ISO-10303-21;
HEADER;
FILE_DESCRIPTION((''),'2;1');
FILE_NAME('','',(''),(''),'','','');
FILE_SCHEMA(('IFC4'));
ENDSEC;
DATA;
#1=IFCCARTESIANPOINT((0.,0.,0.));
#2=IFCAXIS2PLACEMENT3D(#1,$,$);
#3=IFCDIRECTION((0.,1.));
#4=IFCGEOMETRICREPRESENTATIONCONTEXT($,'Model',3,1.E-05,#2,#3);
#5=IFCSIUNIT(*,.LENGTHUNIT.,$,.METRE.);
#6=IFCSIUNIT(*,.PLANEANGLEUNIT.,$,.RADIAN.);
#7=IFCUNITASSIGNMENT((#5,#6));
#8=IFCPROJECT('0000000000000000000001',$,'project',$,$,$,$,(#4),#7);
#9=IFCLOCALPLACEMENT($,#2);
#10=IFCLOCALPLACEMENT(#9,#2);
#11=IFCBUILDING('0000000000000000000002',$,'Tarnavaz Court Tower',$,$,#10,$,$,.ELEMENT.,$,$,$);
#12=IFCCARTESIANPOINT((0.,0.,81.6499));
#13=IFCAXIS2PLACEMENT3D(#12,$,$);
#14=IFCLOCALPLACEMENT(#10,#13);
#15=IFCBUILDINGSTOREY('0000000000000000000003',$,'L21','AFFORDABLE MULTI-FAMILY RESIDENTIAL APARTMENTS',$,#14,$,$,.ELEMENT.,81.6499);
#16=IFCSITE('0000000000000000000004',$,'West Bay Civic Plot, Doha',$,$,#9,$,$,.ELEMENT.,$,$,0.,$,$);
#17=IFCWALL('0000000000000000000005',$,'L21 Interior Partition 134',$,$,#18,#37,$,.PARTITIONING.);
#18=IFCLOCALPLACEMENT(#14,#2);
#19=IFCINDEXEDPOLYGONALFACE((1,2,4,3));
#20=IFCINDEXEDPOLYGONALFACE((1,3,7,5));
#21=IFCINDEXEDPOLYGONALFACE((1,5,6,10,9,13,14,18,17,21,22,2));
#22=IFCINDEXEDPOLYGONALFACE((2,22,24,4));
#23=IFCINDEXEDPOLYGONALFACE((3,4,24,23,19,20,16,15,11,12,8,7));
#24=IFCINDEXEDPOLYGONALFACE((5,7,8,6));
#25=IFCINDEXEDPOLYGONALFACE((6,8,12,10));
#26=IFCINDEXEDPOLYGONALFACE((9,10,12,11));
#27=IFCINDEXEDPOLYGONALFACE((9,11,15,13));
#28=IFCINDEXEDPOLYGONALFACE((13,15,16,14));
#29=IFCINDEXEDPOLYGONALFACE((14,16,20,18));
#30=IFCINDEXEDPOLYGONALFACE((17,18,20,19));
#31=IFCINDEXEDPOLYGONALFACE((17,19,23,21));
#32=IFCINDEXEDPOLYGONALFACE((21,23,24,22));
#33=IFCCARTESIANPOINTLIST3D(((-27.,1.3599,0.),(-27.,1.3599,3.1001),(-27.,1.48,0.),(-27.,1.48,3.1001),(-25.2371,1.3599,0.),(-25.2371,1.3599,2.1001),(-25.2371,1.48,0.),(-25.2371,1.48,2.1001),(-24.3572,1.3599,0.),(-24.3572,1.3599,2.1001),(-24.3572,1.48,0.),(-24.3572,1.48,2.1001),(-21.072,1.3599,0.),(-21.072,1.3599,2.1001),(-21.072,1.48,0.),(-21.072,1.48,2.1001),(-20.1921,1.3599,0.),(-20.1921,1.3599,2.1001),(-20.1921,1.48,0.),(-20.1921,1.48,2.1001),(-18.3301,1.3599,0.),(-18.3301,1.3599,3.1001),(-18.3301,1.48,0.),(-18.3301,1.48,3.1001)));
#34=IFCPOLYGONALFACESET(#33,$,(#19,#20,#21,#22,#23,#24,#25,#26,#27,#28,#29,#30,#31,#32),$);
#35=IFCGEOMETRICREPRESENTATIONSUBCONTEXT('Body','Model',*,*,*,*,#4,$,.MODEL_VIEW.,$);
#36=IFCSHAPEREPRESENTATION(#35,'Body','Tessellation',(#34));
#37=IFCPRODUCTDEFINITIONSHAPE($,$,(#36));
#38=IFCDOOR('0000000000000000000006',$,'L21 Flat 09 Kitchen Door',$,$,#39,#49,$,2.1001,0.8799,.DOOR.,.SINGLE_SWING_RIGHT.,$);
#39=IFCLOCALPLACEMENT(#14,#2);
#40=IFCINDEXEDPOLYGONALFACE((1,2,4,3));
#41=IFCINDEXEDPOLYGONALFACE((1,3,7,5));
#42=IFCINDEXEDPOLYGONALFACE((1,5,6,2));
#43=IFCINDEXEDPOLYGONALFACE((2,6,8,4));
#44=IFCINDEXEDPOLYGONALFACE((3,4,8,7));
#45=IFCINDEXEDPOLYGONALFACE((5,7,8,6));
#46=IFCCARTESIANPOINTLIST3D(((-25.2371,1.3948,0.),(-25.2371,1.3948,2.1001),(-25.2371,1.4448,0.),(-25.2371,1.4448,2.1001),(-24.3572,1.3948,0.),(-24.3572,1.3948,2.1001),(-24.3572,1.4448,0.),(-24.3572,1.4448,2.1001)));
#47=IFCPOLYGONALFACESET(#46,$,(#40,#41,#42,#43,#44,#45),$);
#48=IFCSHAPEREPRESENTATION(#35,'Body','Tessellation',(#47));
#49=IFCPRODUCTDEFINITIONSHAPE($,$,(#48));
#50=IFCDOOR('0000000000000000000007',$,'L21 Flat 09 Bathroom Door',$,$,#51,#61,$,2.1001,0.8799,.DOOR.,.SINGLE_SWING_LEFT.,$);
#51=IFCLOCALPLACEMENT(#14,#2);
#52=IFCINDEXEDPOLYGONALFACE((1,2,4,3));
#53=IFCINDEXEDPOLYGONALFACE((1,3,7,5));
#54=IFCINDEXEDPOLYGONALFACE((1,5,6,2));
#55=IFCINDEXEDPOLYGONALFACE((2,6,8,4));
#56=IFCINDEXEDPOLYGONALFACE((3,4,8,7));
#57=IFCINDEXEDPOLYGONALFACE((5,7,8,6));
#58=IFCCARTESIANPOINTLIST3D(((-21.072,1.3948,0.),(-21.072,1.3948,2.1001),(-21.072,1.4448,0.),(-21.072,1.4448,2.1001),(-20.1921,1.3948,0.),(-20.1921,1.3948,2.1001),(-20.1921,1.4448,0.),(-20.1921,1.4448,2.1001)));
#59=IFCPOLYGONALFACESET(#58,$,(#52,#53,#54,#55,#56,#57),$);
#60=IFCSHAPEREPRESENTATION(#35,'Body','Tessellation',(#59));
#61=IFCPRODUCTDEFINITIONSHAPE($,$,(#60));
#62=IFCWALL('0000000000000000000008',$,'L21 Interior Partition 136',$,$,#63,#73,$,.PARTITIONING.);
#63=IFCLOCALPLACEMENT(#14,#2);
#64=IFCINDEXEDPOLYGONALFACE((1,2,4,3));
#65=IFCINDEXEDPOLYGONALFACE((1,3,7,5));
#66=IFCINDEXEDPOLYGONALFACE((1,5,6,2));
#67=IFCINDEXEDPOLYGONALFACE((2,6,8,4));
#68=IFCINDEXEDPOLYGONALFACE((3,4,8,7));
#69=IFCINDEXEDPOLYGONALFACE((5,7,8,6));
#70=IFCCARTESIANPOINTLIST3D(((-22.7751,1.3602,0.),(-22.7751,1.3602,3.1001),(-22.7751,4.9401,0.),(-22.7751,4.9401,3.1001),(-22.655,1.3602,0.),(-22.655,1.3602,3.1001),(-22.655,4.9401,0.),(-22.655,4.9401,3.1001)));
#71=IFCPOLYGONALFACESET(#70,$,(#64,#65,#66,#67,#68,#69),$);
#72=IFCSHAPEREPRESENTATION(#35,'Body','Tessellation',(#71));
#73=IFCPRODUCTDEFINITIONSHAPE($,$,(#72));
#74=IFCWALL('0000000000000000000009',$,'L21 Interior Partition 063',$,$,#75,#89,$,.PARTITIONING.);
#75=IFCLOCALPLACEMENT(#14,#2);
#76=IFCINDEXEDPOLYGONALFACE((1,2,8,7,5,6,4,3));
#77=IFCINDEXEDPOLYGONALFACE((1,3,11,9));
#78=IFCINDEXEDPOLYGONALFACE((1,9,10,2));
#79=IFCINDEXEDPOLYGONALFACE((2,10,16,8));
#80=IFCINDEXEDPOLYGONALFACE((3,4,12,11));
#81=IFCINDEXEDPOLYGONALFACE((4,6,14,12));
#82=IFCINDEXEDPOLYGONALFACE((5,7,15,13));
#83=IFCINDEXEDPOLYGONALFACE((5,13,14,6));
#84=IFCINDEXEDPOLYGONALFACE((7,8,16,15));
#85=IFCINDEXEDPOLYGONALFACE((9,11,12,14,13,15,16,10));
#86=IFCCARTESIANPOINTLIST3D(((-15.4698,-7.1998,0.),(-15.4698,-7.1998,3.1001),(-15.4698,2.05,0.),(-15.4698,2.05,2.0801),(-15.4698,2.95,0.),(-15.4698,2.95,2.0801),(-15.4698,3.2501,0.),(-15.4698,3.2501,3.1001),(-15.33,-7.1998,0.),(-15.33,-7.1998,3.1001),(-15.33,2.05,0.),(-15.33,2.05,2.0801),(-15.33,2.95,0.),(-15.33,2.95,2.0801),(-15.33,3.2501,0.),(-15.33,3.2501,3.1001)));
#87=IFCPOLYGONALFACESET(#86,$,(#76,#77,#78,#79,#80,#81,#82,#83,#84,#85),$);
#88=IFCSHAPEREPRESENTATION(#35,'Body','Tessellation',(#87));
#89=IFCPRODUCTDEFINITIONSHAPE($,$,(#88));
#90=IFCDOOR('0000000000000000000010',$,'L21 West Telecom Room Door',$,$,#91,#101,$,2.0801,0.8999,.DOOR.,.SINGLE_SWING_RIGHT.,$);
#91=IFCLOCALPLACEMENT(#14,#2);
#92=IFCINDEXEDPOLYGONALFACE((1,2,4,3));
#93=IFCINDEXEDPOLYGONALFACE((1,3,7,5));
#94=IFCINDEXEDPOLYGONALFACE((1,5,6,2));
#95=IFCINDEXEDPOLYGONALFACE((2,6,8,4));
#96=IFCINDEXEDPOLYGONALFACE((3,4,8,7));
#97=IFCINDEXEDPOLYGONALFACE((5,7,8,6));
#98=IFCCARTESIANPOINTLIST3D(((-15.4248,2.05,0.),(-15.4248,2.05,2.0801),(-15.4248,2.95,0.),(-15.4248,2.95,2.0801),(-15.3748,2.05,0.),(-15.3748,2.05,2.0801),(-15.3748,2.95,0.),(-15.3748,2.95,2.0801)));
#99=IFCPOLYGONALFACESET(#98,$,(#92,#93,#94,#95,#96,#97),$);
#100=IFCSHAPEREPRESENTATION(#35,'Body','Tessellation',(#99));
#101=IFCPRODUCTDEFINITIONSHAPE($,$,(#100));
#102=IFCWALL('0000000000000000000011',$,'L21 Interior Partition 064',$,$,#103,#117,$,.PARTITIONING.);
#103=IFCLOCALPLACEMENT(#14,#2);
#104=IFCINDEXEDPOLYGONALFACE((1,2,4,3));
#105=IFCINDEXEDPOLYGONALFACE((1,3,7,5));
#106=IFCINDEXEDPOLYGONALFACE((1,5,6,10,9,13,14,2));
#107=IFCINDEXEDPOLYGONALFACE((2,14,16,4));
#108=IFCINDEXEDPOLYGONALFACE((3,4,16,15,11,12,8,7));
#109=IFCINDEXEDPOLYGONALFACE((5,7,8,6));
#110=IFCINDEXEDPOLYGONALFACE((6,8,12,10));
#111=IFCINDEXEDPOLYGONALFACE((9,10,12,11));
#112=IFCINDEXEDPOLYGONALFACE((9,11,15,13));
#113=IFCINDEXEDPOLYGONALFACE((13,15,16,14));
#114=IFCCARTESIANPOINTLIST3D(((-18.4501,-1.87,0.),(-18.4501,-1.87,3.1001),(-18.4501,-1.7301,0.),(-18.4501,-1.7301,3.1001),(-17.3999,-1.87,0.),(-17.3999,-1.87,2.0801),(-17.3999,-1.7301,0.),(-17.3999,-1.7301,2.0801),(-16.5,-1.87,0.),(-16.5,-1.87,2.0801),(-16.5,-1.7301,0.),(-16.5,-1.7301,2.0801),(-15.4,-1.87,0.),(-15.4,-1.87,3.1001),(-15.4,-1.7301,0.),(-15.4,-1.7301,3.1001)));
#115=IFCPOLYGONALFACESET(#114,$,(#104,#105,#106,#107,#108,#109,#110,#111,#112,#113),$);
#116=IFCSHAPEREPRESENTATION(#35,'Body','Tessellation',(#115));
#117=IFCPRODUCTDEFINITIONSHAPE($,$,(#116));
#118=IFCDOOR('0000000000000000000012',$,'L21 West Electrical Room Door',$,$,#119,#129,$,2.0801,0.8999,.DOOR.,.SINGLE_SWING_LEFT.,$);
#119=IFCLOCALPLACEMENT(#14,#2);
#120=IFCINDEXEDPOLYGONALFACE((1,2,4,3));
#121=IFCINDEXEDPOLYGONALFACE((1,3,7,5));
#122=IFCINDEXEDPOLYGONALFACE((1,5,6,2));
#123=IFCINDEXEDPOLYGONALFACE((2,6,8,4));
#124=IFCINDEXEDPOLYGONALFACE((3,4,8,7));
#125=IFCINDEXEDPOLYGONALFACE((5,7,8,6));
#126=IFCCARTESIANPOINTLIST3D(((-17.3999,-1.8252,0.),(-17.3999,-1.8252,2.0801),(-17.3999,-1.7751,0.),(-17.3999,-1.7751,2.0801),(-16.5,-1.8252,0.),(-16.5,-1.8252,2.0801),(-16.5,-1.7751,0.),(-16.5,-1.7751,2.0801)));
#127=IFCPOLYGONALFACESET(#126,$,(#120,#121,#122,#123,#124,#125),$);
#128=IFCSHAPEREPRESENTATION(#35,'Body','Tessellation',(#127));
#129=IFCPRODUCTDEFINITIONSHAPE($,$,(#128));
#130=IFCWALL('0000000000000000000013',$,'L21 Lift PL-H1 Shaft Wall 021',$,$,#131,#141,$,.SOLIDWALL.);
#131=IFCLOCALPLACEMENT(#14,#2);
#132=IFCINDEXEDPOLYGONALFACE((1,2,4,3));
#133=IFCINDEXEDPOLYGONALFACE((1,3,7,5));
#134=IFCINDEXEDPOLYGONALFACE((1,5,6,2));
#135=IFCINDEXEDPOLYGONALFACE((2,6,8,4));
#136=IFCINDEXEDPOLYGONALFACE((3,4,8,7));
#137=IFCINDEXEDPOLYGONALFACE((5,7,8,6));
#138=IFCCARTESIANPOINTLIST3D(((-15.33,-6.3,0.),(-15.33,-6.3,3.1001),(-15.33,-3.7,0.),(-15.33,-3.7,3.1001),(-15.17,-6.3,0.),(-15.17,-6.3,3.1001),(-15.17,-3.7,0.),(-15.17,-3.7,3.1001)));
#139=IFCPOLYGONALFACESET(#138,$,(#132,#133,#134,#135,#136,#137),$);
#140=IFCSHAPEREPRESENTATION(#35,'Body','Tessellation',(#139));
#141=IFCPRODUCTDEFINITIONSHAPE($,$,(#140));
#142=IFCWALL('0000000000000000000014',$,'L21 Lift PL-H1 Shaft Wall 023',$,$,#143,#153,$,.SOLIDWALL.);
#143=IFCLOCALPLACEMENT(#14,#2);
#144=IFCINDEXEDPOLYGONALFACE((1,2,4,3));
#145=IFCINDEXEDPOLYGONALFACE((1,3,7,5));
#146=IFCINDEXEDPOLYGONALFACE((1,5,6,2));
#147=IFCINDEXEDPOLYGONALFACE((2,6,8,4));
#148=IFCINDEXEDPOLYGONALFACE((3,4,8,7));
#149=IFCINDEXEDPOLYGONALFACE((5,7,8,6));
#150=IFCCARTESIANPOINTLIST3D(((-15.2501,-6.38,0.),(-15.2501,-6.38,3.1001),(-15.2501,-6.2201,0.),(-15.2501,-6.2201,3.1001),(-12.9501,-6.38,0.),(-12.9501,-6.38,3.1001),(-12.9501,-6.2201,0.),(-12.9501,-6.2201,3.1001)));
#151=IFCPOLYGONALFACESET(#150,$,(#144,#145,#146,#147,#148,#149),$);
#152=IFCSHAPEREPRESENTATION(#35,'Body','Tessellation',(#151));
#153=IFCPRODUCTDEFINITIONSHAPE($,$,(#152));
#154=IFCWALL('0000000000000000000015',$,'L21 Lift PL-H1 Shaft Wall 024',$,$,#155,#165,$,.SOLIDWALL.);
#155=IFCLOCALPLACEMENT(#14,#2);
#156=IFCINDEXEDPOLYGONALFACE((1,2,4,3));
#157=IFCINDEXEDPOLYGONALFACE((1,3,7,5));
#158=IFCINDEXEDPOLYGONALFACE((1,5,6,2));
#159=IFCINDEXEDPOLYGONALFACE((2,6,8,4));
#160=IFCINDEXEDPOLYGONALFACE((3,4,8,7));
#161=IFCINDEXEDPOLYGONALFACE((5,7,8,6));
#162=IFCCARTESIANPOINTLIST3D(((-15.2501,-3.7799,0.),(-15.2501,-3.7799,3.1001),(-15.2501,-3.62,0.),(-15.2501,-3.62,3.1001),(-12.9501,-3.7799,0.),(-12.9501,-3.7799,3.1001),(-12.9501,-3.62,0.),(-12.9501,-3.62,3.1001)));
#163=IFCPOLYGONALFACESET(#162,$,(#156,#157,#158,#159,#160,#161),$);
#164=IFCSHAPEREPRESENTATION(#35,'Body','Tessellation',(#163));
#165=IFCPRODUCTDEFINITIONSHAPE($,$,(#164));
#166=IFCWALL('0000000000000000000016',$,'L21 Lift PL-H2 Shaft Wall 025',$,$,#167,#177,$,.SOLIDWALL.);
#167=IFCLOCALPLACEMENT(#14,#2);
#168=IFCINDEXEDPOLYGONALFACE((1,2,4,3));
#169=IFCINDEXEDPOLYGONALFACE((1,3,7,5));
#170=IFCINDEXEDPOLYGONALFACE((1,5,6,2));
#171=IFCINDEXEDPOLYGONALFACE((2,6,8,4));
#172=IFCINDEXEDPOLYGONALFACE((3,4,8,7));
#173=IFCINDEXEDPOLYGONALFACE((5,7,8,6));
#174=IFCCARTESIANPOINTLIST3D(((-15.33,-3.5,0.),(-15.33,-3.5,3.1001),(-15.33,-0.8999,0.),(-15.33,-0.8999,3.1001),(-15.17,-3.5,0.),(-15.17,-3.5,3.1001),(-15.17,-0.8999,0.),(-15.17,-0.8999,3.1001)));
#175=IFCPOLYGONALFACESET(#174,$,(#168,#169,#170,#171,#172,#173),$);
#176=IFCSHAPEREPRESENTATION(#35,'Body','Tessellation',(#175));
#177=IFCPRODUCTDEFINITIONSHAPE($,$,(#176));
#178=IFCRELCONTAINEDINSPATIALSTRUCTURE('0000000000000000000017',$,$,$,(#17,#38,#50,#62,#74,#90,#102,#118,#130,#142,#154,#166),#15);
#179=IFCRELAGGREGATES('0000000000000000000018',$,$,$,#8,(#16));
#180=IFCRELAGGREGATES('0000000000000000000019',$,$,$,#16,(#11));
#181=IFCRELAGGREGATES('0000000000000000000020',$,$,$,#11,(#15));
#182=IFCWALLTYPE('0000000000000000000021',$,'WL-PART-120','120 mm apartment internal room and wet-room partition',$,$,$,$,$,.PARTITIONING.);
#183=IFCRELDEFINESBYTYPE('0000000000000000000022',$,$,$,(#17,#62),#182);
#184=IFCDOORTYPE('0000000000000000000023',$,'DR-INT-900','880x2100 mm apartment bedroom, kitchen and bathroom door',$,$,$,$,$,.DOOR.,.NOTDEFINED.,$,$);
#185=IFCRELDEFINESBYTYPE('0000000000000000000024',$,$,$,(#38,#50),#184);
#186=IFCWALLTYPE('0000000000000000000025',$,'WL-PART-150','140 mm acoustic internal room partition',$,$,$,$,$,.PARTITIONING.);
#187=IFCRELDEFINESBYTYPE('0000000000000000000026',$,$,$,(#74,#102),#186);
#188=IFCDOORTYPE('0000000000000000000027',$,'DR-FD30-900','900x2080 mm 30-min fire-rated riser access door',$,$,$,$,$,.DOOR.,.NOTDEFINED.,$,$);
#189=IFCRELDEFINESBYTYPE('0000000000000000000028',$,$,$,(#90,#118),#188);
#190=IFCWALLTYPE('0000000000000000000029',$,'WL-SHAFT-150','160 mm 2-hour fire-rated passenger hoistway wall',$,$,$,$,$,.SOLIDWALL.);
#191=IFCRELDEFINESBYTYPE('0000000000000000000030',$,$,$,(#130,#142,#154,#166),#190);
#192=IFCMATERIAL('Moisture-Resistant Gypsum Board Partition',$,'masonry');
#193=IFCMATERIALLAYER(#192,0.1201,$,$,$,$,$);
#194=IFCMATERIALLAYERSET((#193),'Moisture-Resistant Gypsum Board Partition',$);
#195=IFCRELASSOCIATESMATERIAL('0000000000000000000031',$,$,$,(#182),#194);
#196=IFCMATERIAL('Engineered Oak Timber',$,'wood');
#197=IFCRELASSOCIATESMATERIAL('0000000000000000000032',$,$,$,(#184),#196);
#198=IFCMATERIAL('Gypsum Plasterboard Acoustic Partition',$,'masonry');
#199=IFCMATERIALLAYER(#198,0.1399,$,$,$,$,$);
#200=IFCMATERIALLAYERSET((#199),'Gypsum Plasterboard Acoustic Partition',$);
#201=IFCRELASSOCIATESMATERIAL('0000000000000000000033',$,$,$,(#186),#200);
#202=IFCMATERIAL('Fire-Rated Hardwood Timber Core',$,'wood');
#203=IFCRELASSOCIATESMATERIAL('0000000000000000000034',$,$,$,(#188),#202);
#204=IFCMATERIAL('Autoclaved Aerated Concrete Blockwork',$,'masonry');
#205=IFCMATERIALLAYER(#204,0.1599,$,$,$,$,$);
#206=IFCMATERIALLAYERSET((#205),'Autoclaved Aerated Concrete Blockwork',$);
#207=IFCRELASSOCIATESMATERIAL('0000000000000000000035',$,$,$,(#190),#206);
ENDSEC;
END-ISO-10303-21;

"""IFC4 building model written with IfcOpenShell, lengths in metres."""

from ifc_helpers import new_model, si_unit, direction, frame, frame_2d, origin, place, context, subcontext, project, spatial, rectangle, extrude, material, layer, layer_set, type_object, element, fill, save


model = new_model("IFC4")

# Units and contexts
model_context = context("Model", 3, precision=1e-05, world=origin(), true_north=direction((0.0, 1.0)))
body_context = subcontext(model_context, "Body", "Model", "MODEL_VIEW")
ifc_project = project(units=[si_unit("LENGTHUNIT", "METRE"), si_unit("PLANEANGLEUNIT", "RADIAN")], contexts=[model_context])

# Site, building, storey
site_placement = place(None, origin())
site = spatial("IfcSite", under=ifc_project, at=site_placement, Name="West Bay Civic Plot, Doha", CompositionType="ELEMENT", RefElevation=0.0)
building_placement = place(site_placement, origin())
building = spatial("IfcBuilding", under=site, at=building_placement, Name="Tarnavaz Court Tower", CompositionType="ELEMENT")
storey_placement = place(building_placement, frame((0.0, 0.0, 81.6499)))
storey = spatial("IfcBuildingStorey", under=building, at=storey_placement, Name="L21", Description="AFFORDABLE MULTI-FAMILY RESIDENTIAL APARTMENTS", CompositionType="ELEMENT", Elevation=81.6499)

# Wall, openings, doors
ifc_material_1 = material(Name="Moisture-Resistant Gypsum Board Partition", Category="masonry")
ifc_layer_1 = layer(ifc_material_1, 0.1201)
ifc_layer_set_1 = layer_set([ifc_layer_1], Name="Moisture-Resistant Gypsum Board Partition")
wall_type_1 = type_object("IfcWallType", Name="WL-PART-120", Description="120 mm apartment internal room and wet-room partition", PredefinedType="PARTITIONING", material=ifc_layer_set_1)
wall_1_placement = place(storey_placement, frame((-27.0, 1.4199, 0.0), z_axis=(0.0, 0.0, 1.0), x_axis=(1.0, 0.0, 0.0)))
wall_1 = element("IfcWall", 1, at=wall_1_placement, inside=storey, type_object=wall_type_1, Name="L21 Interior Partition 134", PredefinedType="PARTITIONING", context=body_context, shape_type="SweptSolid", body=[
    extrude(rectangle(XDim=8.6699, YDim=0.1201, at=frame_2d((4.335, 0.0))), origin(), (0.0, 0.0, 1.0), 3.1001),
])
opening_1_placement = place(wall_1_placement, frame((1.7629, 0.0, 0.0)))
opening_1 = element("IfcOpeningElement", 2, at=opening_1_placement, cuts=wall_1, PredefinedType="OPENING", context=body_context, shape_type="SweptSolid", body=[
    extrude(rectangle(XDim=0.8799, YDim=2.1001, at=frame_2d((0.4399, 1.05))), frame((0.0, 0.0701, 0.0), z_axis=(0.0, -1.0, 0.0), x_axis=(1.0, 0.0, 0.0)), (0.0, 0.0, 1.0), 0.1401),
])
opening_2_placement = place(wall_1_placement, frame((5.928, 0.0, 0.0)))
opening_2 = element("IfcOpeningElement", 3, at=opening_2_placement, cuts=wall_1, PredefinedType="OPENING", context=body_context, shape_type="SweptSolid", body=[
    extrude(rectangle(XDim=0.8799, YDim=2.1001, at=frame_2d((0.4399, 1.05))), frame((0.0, 0.0701, 0.0), z_axis=(0.0, -1.0, 0.0), x_axis=(1.0, 0.0, 0.0)), (0.0, 0.0, 1.0), 0.1401),
])
ifc_material_2 = material(Name="Engineered Oak Timber", Category="wood")
door_type_1 = type_object("IfcDoorType", Name="DR-INT-900", Description="880x2100 mm apartment bedroom, kitchen and bathroom door", OperationType="NOTDEFINED", PredefinedType="DOOR", material=ifc_material_2)
door_1_placement = place(opening_1_placement, origin())
door_1 = element("IfcDoor", 4, at=door_1_placement, inside=storey, type_object=door_type_1, Name="L21 Flat 09 Kitchen Door", OperationType="SINGLE_SWING_RIGHT", OverallHeight=2.1001, OverallWidth=0.8799, PredefinedType="DOOR", context=body_context, shape_type="SweptSolid", body=[
    extrude(rectangle(XDim=0.8799, YDim=2.1001, at=frame_2d((0.4399, 1.05))), frame((0.0, 0.0249, 0.0), z_axis=(0.0, -1.0, 0.0), x_axis=(1.0, 0.0, 0.0)), (0.0, 0.0, 1.0), 0.05),
])
fill(opening_1, door_1)
door_2_placement = place(opening_2_placement, origin())
door_2 = element("IfcDoor", 5, at=door_2_placement, inside=storey, type_object=door_type_1, Name="L21 Flat 09 Bathroom Door", OperationType="SINGLE_SWING_LEFT", OverallHeight=2.1001, OverallWidth=0.8799, PredefinedType="DOOR", context=body_context, shape_type="SweptSolid", body=[
    extrude(rectangle(XDim=0.8799, YDim=2.1001, at=frame_2d((0.4399, 1.05))), frame((0.0, 0.0249, 0.0), z_axis=(0.0, -1.0, 0.0), x_axis=(1.0, 0.0, 0.0)), (0.0, 0.0, 1.0), 0.05),
])
fill(opening_2, door_2)

# Wall
wall_2_placement = place(storey_placement, frame((-22.7151, 1.3601, 0.0), z_axis=(0.0, 0.0, 1.0), x_axis=(0.0, 1.0, 0.0)))
element("IfcWall", 6, at=wall_2_placement, inside=storey, type_object=wall_type_1, Name="L21 Interior Partition 136", PredefinedType="PARTITIONING", context=body_context, shape_type="SweptSolid", body=[
    extrude(rectangle(XDim=3.5798, YDim=0.1201, at=frame_2d((1.79, 0.0))), origin(), (0.0, 0.0, 1.0), 3.1001),
])

# Walls, openings, doors
ifc_material_3 = material(Name="Gypsum Plasterboard Acoustic Partition", Category="masonry")
ifc_layer_2 = layer(ifc_material_3, 0.1399)
ifc_layer_set_2 = layer_set([ifc_layer_2], Name="Gypsum Plasterboard Acoustic Partition")
wall_type_2 = type_object("IfcWallType", Name="WL-PART-150", Description="140 mm acoustic internal room partition", PredefinedType="PARTITIONING", material=ifc_layer_set_2)
wall_3_placement = place(storey_placement, frame((-15.3999, -7.2, 0.0), z_axis=(0.0, 0.0, 1.0), x_axis=(0.0, 1.0, 0.0)))
wall_3 = element("IfcWall", 7, at=wall_3_placement, inside=storey, type_object=wall_type_2, Name="L21 Interior Partition 063", PredefinedType="PARTITIONING", context=body_context, shape_type="SweptSolid", body=[
    extrude(rectangle(XDim=10.45, YDim=0.1399, at=frame_2d((5.2251, 0.0))), origin(), (0.0, 0.0, 1.0), 3.1001),
])
opening_3_placement = place(wall_3_placement, frame((9.25, 0.0, 0.0)))
opening_3 = element("IfcOpeningElement", 8, at=opening_3_placement, cuts=wall_3, PredefinedType="OPENING", context=body_context, shape_type="SweptSolid", body=[
    extrude(rectangle(XDim=0.8999, YDim=2.0801, at=frame_2d((0.45, 1.04))), frame((0.0, 0.0798, 0.0), z_axis=(0.0, -1.0, 0.0), x_axis=(1.0, 0.0, 0.0)), (0.0, 0.0, 1.0), 0.1599),
])
ifc_material_4 = material(Name="Fire-Rated Hardwood Timber Core", Category="wood")
door_type_2 = type_object("IfcDoorType", Name="DR-FD30-900", Description="900x2080 mm 30-min fire-rated riser access door", OperationType="NOTDEFINED", PredefinedType="DOOR", material=ifc_material_4)
door_3_placement = place(opening_3_placement, origin())
door_3 = element("IfcDoor", 9, at=door_3_placement, inside=storey, type_object=door_type_2, Name="L21 West Telecom Room Door", OperationType="SINGLE_SWING_RIGHT", OverallHeight=2.0801, OverallWidth=0.8999, PredefinedType="DOOR", context=body_context, shape_type="SweptSolid", body=[
    extrude(rectangle(XDim=0.8999, YDim=2.0801, at=frame_2d((0.45, 1.04))), frame((0.0, 0.0249, 0.0), z_axis=(0.0, -1.0, 0.0), x_axis=(1.0, 0.0, 0.0)), (0.0, 0.0, 1.0), 0.05),
])
fill(opening_3, door_3)
wall_4_placement = place(storey_placement, frame((-18.45, -1.8, 0.0), z_axis=(0.0, 0.0, 1.0), x_axis=(1.0, 0.0, 0.0)))
wall_4 = element("IfcWall", 10, at=wall_4_placement, inside=storey, type_object=wall_type_2, Name="L21 Interior Partition 064", PredefinedType="PARTITIONING", context=body_context, shape_type="SweptSolid", body=[
    extrude(rectangle(XDim=3.05, YDim=0.1399, at=frame_2d((1.5249, 0.0))), origin(), (0.0, 0.0, 1.0), 3.1001),
])
opening_4_placement = place(wall_4_placement, frame((1.05, 0.0, 0.0)))
opening_4 = element("IfcOpeningElement", 11, at=opening_4_placement, cuts=wall_4, PredefinedType="OPENING", context=body_context, shape_type="SweptSolid", body=[
    extrude(rectangle(XDim=0.8999, YDim=2.0801, at=frame_2d((0.45, 1.04))), frame((0.0, 0.0798, 0.0), z_axis=(0.0, -1.0, 0.0), x_axis=(1.0, 0.0, 0.0)), (0.0, 0.0, 1.0), 0.1599),
])
door_4_placement = place(opening_4_placement, origin())
door_4 = element("IfcDoor", 12, at=door_4_placement, inside=storey, type_object=door_type_2, Name="L21 West Electrical Room Door", OperationType="SINGLE_SWING_LEFT", OverallHeight=2.0801, OverallWidth=0.8999, PredefinedType="DOOR", context=body_context, shape_type="SweptSolid", body=[
    extrude(rectangle(XDim=0.8999, YDim=2.0801, at=frame_2d((0.45, 1.04))), frame((0.0, 0.0249, 0.0), z_axis=(0.0, -1.0, 0.0), x_axis=(1.0, 0.0, 0.0)), (0.0, 0.0, 1.0), 0.05),
])
fill(opening_4, door_4)

# Walls
ifc_material_5 = material(Name="Autoclaved Aerated Concrete Blockwork", Category="masonry")
ifc_layer_3 = layer(ifc_material_5, 0.1599)
ifc_layer_set_3 = layer_set([ifc_layer_3], Name="Autoclaved Aerated Concrete Blockwork")
wall_type_3 = type_object("IfcWallType", Name="WL-SHAFT-150", Description="160 mm 2-hour fire-rated passenger hoistway wall", PredefinedType="SOLIDWALL", material=ifc_layer_set_3)
wall_5_placement = place(storey_placement, frame((-15.25, -6.3, 0.0), z_axis=(0.0, 0.0, 1.0), x_axis=(0.0, 1.0, 0.0)))
element("IfcWall", 13, at=wall_5_placement, inside=storey, type_object=wall_type_3, Name="L21 Lift PL-H1 Shaft Wall 021", PredefinedType="SOLIDWALL", context=body_context, shape_type="SweptSolid", body=[
    extrude(rectangle(XDim=2.6001, YDim=0.1599, at=frame_2d((1.3, 0.0))), origin(), (0.0, 0.0, 1.0), 3.1001),
])
for number, where, z_axis, x_axis, name in (
    (14, (-15.25, -6.3, 0.0), (0.0, 0.0, 1.0), (1.0, 0.0, 0.0), "L21 Lift PL-H1 Shaft Wall 023"),
    (15, (-15.25, -3.7, 0.0), (0.0, 0.0, 1.0), (1.0, 0.0, 0.0), "L21 Lift PL-H1 Shaft Wall 024"),
):
    element("IfcWall", number, at=place(storey_placement, frame(where, z_axis=z_axis, x_axis=x_axis)), inside=storey, type_object=wall_type_3, Name=name, PredefinedType="SOLIDWALL", context=body_context, shape_type="SweptSolid", body=[
        extrude(rectangle(XDim=2.3, YDim=0.1599, at=frame_2d((1.1499, 0.0))), origin(), (0.0, 0.0, 1.0), 3.1001),
    ])
wall_6_placement = place(storey_placement, frame((-15.25, -3.5, 0.0), z_axis=(0.0, 0.0, 1.0), x_axis=(0.0, 1.0, 0.0)))
element("IfcWall", 16, at=wall_6_placement, inside=storey, type_object=wall_type_3, Name="L21 Lift PL-H2 Shaft Wall 025", PredefinedType="SOLIDWALL", context=body_context, shape_type="SweptSolid", body=[
    extrude(rectangle(XDim=2.6001, YDim=0.1599, at=frame_2d((1.3, 0.0))), origin(), (0.0, 0.0, 1.0), 3.1001),
])

save(model, "model.ifc")
